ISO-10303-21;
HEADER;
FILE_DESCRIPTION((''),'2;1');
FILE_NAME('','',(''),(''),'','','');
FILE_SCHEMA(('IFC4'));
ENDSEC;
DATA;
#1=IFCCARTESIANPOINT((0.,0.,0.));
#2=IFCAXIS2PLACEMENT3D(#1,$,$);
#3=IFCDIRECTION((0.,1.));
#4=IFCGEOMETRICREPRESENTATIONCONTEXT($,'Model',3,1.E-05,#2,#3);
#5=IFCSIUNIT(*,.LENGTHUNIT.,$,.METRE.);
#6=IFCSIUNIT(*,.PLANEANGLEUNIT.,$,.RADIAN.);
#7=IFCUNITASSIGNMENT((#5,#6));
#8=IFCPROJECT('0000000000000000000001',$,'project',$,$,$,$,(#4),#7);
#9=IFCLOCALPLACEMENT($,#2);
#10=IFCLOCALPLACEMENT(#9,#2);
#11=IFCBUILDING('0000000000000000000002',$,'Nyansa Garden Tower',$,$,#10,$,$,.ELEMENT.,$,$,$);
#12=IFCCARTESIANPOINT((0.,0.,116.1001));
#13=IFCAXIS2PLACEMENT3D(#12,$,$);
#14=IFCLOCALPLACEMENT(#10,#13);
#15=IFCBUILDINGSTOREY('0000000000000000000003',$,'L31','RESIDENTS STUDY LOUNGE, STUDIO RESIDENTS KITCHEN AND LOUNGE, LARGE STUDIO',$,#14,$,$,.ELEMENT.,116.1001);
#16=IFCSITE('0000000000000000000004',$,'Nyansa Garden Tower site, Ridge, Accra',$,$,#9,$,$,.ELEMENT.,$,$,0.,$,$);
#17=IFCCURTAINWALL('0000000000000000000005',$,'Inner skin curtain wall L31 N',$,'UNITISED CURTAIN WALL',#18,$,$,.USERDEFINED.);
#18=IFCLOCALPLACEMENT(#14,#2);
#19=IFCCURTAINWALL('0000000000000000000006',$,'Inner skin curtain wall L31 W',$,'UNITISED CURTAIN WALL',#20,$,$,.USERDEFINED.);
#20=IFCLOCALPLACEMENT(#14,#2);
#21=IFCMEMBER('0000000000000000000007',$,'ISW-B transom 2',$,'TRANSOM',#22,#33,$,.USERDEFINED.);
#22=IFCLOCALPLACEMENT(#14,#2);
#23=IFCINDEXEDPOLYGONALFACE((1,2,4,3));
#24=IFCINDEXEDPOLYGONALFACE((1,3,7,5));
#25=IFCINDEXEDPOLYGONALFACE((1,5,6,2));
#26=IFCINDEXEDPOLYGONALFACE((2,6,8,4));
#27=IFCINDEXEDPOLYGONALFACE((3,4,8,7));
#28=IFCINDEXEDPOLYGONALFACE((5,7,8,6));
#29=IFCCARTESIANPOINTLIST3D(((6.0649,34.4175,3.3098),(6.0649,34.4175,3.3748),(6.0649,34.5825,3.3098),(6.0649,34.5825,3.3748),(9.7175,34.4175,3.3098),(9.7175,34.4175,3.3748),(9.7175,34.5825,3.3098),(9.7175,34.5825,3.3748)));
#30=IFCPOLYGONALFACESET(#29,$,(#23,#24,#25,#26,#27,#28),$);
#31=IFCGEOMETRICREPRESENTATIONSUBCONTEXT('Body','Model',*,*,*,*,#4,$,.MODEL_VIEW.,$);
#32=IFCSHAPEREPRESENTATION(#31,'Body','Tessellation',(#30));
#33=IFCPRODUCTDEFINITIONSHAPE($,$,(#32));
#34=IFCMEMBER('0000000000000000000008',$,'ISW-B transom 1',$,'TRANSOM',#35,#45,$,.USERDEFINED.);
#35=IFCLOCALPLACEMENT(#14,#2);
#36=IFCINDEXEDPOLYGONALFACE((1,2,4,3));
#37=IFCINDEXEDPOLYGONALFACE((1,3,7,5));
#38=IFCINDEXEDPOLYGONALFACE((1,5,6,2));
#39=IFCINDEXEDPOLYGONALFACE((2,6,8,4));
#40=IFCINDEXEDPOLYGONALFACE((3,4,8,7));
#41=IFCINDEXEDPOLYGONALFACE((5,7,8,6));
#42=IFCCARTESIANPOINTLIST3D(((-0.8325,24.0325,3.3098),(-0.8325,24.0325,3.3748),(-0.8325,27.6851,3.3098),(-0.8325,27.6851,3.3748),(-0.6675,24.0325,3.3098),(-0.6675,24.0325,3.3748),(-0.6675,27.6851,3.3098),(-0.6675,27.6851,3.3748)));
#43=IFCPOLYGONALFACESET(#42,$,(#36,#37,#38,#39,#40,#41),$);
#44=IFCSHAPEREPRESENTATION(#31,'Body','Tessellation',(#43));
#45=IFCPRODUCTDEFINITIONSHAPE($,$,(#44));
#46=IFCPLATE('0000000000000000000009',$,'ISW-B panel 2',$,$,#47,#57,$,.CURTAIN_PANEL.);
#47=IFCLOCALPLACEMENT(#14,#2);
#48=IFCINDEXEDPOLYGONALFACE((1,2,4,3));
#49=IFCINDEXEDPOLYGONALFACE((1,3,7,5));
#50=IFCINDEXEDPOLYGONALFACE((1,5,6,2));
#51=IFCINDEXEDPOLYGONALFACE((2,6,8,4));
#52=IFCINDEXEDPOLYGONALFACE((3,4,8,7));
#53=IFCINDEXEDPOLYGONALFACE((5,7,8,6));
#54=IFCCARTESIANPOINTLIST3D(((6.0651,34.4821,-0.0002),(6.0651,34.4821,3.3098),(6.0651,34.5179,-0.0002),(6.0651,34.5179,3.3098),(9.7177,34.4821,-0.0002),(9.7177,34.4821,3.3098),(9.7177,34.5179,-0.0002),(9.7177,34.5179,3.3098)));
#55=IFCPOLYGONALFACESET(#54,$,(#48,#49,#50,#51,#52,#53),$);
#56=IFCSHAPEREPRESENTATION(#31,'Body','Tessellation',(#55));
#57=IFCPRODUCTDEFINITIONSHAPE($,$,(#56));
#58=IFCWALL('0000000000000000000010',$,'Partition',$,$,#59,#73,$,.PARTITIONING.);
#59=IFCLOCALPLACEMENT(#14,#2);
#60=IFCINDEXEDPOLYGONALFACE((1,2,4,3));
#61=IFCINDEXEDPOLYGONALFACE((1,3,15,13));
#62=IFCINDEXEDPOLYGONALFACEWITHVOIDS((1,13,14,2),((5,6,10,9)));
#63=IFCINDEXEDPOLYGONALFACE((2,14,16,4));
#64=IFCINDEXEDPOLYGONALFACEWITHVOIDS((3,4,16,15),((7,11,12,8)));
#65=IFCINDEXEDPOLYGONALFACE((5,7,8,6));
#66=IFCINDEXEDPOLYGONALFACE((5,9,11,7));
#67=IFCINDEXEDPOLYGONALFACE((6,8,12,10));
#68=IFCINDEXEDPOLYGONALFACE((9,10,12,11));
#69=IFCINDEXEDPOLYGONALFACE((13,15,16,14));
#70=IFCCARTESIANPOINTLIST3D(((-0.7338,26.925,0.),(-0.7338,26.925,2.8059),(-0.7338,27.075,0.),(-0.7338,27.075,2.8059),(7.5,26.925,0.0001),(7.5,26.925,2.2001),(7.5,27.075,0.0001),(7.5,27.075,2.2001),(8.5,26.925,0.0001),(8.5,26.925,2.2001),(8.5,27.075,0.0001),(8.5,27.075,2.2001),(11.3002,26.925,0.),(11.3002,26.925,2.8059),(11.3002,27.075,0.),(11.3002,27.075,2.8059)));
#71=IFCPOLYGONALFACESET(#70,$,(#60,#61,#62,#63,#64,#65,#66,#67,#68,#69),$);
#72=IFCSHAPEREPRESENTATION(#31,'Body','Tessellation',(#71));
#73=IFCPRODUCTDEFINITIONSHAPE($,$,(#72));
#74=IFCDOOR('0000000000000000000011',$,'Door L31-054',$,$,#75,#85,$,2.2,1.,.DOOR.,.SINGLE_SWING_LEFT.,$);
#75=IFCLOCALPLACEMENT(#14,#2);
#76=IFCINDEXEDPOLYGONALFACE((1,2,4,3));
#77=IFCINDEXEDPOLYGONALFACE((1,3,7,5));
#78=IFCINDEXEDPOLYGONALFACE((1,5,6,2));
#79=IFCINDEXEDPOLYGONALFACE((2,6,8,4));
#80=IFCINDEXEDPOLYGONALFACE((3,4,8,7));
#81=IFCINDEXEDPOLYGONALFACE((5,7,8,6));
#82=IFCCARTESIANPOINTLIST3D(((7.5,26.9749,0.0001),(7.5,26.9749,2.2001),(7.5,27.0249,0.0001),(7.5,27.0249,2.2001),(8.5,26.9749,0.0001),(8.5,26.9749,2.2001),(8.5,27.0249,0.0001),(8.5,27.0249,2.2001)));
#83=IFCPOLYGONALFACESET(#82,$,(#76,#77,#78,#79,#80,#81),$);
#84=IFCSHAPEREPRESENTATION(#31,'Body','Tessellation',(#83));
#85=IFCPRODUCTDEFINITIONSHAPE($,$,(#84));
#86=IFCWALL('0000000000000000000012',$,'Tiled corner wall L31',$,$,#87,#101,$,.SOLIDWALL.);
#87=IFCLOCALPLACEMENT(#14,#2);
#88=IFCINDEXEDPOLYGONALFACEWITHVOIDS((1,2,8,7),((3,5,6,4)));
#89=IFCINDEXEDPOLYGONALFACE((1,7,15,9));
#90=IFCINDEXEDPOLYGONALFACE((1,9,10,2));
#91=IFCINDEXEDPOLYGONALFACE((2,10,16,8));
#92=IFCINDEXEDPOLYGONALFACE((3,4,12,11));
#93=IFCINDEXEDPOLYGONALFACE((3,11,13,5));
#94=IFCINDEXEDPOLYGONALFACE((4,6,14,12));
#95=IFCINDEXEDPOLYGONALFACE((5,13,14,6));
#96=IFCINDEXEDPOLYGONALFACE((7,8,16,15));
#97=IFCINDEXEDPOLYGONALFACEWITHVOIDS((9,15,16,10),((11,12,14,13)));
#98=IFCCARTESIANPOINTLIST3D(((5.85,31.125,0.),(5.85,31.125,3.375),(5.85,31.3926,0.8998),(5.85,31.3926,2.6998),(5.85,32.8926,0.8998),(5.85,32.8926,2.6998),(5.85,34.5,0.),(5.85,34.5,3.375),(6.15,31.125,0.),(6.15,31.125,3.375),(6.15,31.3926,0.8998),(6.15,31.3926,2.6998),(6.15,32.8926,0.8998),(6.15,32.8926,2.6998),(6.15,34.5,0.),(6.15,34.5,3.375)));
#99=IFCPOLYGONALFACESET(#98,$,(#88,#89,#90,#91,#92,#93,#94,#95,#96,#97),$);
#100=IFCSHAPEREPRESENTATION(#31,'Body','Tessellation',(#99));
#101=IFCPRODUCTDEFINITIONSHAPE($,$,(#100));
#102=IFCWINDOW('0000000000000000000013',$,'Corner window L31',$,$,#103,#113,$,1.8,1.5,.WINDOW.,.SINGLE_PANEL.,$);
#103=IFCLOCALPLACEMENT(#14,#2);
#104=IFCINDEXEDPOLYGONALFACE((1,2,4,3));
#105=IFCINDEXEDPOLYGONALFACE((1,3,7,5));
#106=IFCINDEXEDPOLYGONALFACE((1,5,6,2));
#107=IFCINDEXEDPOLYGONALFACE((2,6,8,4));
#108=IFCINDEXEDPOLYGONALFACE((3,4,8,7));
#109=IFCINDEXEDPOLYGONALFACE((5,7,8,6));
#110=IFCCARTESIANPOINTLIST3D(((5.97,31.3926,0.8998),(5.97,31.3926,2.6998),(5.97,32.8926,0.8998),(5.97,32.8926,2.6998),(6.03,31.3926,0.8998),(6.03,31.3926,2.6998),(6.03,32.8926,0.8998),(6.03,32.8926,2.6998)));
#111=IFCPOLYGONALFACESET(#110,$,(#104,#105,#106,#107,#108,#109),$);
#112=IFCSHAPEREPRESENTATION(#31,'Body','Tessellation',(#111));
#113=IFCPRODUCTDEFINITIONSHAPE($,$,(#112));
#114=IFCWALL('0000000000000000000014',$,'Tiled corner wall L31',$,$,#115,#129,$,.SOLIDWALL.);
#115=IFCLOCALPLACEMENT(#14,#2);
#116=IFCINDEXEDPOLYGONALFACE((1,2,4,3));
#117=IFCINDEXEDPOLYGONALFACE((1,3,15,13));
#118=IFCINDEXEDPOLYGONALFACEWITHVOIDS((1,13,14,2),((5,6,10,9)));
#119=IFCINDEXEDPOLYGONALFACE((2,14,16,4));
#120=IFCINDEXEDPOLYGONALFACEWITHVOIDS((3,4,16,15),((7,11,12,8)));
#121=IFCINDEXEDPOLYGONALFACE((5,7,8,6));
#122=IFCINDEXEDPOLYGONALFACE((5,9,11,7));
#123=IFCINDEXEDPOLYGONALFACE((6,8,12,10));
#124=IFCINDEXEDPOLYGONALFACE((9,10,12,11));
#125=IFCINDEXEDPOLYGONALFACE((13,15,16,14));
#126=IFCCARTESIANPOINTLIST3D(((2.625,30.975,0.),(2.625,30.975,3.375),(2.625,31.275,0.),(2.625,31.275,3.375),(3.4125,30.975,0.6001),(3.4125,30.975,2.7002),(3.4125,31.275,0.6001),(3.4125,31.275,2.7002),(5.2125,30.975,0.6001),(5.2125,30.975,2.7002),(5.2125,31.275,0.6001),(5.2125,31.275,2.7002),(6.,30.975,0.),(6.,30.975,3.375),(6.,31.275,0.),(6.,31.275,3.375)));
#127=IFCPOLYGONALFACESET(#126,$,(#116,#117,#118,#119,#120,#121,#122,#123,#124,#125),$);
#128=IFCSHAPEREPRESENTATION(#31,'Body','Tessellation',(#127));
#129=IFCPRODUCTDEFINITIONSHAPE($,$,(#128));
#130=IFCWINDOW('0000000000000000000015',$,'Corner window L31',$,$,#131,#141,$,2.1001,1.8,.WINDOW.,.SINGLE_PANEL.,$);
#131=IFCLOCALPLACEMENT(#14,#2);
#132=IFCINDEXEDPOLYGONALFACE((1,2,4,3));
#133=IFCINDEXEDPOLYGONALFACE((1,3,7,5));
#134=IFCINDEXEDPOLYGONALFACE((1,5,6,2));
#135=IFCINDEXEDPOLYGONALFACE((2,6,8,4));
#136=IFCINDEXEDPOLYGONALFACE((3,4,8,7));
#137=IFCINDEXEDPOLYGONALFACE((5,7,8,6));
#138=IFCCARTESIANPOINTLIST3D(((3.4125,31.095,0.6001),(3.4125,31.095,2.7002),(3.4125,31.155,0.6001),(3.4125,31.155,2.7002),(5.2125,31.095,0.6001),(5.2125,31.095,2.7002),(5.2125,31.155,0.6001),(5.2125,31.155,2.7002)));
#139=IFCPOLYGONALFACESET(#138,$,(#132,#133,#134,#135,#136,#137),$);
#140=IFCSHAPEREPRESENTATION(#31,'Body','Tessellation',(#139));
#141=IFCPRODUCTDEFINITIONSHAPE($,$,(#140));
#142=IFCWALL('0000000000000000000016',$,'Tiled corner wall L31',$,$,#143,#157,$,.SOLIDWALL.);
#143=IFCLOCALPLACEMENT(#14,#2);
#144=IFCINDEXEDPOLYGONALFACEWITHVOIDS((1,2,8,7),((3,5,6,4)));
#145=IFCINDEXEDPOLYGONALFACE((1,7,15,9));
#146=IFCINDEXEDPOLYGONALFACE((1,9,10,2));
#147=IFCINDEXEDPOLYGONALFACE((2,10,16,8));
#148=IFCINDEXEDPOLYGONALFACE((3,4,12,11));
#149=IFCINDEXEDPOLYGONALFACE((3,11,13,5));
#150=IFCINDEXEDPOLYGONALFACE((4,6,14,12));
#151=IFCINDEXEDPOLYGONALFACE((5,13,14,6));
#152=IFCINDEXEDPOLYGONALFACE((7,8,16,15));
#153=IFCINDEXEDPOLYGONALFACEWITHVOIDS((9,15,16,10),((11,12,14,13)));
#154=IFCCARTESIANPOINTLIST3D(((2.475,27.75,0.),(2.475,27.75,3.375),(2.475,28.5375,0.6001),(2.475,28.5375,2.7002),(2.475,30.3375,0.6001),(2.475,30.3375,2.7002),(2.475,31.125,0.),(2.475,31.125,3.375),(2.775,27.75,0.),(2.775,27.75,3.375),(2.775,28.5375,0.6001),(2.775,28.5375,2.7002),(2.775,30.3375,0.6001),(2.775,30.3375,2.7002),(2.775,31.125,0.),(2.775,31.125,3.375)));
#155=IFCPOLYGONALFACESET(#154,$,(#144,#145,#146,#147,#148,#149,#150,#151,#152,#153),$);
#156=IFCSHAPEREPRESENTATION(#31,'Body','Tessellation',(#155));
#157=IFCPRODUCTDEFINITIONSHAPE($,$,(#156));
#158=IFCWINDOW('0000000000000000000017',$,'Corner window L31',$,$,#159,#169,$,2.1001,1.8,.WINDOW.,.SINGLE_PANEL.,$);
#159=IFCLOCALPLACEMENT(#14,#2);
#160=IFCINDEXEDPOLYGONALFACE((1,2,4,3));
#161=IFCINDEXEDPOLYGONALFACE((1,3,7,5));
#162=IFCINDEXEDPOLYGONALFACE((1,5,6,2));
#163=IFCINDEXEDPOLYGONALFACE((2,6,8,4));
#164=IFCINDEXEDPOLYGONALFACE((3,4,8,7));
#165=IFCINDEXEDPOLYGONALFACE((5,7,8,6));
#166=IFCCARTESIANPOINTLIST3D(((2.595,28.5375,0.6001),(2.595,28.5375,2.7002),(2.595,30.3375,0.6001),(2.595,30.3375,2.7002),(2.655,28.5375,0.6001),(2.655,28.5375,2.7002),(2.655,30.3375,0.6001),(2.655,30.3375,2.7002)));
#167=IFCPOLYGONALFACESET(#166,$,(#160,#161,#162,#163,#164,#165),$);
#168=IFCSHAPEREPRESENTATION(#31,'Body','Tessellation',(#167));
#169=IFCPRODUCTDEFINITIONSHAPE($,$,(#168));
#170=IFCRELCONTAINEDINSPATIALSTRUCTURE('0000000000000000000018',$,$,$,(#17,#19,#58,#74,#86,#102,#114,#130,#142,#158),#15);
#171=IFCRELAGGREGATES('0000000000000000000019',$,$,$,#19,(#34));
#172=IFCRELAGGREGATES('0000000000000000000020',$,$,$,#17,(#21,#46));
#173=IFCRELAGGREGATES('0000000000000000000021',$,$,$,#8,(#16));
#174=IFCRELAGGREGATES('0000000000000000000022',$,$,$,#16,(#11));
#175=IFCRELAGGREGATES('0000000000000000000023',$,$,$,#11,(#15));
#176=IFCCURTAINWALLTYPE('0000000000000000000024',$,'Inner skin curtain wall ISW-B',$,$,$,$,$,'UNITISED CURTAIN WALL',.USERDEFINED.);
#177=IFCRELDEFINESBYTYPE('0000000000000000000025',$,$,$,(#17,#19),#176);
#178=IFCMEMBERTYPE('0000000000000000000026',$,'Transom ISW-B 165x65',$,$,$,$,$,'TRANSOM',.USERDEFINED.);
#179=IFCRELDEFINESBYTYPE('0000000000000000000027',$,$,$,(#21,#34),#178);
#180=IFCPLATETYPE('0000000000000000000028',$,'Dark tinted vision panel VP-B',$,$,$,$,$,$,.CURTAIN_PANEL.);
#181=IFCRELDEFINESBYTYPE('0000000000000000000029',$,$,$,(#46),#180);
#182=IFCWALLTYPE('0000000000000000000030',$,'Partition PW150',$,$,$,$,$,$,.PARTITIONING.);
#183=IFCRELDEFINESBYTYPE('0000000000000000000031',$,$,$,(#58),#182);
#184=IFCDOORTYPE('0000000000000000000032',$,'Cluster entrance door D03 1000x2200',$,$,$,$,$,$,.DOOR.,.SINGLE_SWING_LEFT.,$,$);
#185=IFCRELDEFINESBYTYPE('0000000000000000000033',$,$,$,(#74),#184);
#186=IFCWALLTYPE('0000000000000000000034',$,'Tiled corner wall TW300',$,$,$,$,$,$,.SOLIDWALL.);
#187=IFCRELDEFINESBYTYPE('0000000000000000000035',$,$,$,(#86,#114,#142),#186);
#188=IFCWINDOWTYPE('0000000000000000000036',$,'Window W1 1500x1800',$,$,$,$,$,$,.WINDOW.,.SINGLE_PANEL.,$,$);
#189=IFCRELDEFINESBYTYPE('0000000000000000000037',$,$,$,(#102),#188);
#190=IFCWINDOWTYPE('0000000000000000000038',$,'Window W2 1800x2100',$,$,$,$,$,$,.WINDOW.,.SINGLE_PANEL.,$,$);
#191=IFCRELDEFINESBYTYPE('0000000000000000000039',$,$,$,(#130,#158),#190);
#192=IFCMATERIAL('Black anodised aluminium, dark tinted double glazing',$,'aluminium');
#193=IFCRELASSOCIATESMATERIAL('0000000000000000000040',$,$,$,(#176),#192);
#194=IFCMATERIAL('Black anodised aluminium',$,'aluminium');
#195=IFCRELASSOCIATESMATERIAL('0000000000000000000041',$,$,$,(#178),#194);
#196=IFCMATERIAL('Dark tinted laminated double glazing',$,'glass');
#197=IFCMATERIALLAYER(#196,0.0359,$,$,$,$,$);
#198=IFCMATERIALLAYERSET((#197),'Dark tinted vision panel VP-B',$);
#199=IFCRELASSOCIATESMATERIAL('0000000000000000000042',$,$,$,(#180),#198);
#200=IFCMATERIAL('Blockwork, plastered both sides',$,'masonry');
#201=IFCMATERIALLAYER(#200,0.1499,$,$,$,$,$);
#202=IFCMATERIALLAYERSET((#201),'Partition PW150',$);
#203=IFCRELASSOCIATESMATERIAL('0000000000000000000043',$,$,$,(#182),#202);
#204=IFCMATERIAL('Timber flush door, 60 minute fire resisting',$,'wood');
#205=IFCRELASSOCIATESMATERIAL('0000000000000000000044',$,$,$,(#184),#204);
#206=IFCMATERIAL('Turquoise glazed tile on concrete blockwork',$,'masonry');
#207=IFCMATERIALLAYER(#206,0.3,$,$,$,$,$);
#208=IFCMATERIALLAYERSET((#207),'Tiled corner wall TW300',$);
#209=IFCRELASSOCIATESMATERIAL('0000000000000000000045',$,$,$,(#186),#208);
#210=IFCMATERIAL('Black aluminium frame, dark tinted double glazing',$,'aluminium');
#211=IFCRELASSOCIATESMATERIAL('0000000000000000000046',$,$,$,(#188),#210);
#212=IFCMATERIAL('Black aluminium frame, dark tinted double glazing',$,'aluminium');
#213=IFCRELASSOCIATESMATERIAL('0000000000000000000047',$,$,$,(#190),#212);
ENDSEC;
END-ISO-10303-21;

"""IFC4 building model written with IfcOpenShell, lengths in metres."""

from ifc_helpers import new_model, si_unit, direction, frame, frame_2d, origin, origin_2d, place, context, subcontext, project, spatial, rectangle, extrude, material, layer, layer_set, material_profile, profile_set, type_object, element, fill, aggregate, save


model = new_model("IFC4")

# Units and contexts
model_context = context("Model", 3, precision=1e-05, world=origin(), true_north=direction((0.0, 1.0)))
body_context = subcontext(model_context, "Body", "Model", "MODEL_VIEW")
ifc_project = project(units=[si_unit("LENGTHUNIT", "METRE"), si_unit("PLANEANGLEUNIT", "RADIAN")], contexts=[model_context])

# Site, building, storey
site_placement = place(None, origin())
site = spatial("IfcSite", under=ifc_project, at=site_placement, Name="Nyansa Garden Tower site, Ridge, Accra", CompositionType="ELEMENT", RefElevation=0.0)
building_placement = place(site_placement, origin())
building = spatial("IfcBuilding", under=site, at=building_placement, Name="Nyansa Garden Tower", CompositionType="ELEMENT")
storey_placement = place(building_placement, frame((0.0, 0.0, 116.1001)))
storey = spatial("IfcBuildingStorey", under=building, at=storey_placement, Name="L31", Description="RESIDENTS STUDY LOUNGE, STUDIO RESIDENTS KITCHEN AND LOUNGE, LARGE STUDIO", CompositionType="ELEMENT", Elevation=116.1001)

# Curtain wall
ifc_material_1 = material(Name="Black anodised aluminium, dark tinted double glazing", Category="aluminium")
curtain_wall_type = type_object("IfcCurtainWallType", Name="Inner skin curtain wall ISW-B", ElementType="UNITISED CURTAIN WALL", PredefinedType="USERDEFINED", material=ifc_material_1)
curtain_wall_1_placement = place(storey_placement, origin())
curtain_wall_1 = element("IfcCurtainWall", 1, at=curtain_wall_1_placement, inside=storey, type_object=curtain_wall_type, Name="Inner skin curtain wall L31 N", ObjectType="UNITISED CURTAIN WALL", PredefinedType="USERDEFINED")

# Curtain wall
curtain_wall_2_placement = place(storey_placement, origin())
curtain_wall_2 = element("IfcCurtainWall", 2, at=curtain_wall_2_placement, inside=storey, type_object=curtain_wall_type, Name="Inner skin curtain wall L31 W", ObjectType="UNITISED CURTAIN WALL", PredefinedType="USERDEFINED")

# Members
ifc_material_2 = material(Name="Black anodised aluminium", Category="aluminium")
ifc_material_profile_1 = material_profile(ifc_material_2, rectangle(XDim=0.165, YDim=0.0649, at=origin_2d()), Name="Transom 165x65")
ifc_profile_set_1 = profile_set([ifc_material_profile_1], Name="Black anodised aluminium")
member_type_1 = type_object("IfcMemberType", Name="Transom ISW-B 165x65", ElementType="TRANSOM", PredefinedType="USERDEFINED", material=ifc_profile_set_1)
member_1_placement = place(storey_placement, frame((9.7175, 34.5, 3.3423), z_axis=(-1.0, 0.0, 0.0), x_axis=(0.0, -1.0, 0.0)))
member_1 = element("IfcMember", 3, at=member_1_placement, type_object=member_type_1, Name="ISW-B transom 2", ObjectType="TRANSOM", PredefinedType="USERDEFINED", context=body_context, shape_type="SweptSolid", body=[
    extrude(rectangle(XDim=0.165, YDim=0.0649, at=origin_2d()), origin(), (0.0, 0.0, 1.0), 3.6526),
])
member_2_placement = place(storey_placement, frame((-0.75, 27.6851, 3.3423), z_axis=(0.0, -1.0, 0.0), x_axis=(1.0, 0.0, 0.0)))
member_2 = element("IfcMember", 4, at=member_2_placement, type_object=member_type_1, Name="ISW-B transom 1", ObjectType="TRANSOM", PredefinedType="USERDEFINED", context=body_context, shape_type="SweptSolid", body=[
    extrude(rectangle(XDim=0.165, YDim=0.0649, at=origin_2d()), origin(), (0.0, 0.0, 1.0), 3.6526),
])
aggregate(curtain_wall_2, [member_2])

# Plate
ifc_material_3 = material(Name="Dark tinted laminated double glazing", Category="glass")
ifc_layer_1 = layer(ifc_material_3, 0.0359)
ifc_layer_set_1 = layer_set([ifc_layer_1], Name="Dark tinted vision panel VP-B")
plate_type = type_object("IfcPlateType", Name="Dark tinted vision panel VP-B", PredefinedType="CURTAIN_PANEL", material=ifc_layer_set_1)
plate_placement = place(storey_placement, frame((7.8914, 34.5, -0.0002), z_axis=(0.0, 0.0, 1.0), x_axis=(-1.0, 0.0, 0.0)))
plate = element("IfcPlate", 5, at=plate_placement, type_object=plate_type, Name="ISW-B panel 2", PredefinedType="CURTAIN_PANEL", context=body_context, shape_type="SweptSolid", body=[
    extrude(rectangle(XDim=3.6526, YDim=0.0359, at=origin_2d()), origin(), (0.0, 0.0, 1.0), 3.3101),
])
aggregate(curtain_wall_1, [member_1, plate])

# Wall, opening, door
ifc_material_4 = material(Name="Blockwork, plastered both sides", Category="masonry")
ifc_layer_2 = layer(ifc_material_4, 0.1499)
ifc_layer_set_2 = layer_set([ifc_layer_2], Name="Partition PW150")
wall_type_1 = type_object("IfcWallType", Name="Partition PW150", PredefinedType="PARTITIONING", material=ifc_layer_set_2)
wall_1_placement = place(storey_placement, frame((-0.7339, 27.0, 0.0), z_axis=(0.0, 0.0, 1.0), x_axis=(1.0, 0.0, 0.0)))
wall_1 = element("IfcWall", 6, at=wall_1_placement, inside=storey, type_object=wall_type_1, Name="Partition", PredefinedType="PARTITIONING", context=body_context, shape_type="SweptSolid", body=[
    extrude(rectangle(XDim=12.0339, YDim=0.1499, at=frame_2d((6.0171, 0.0))), origin(), (0.0, 0.0, 1.0), 2.8059),
])
opening_1_placement = place(wall_1_placement, frame((8.2339, 0.0, 0.0)))
opening_1 = element("IfcOpeningElement", 7, at=opening_1_placement, cuts=wall_1, PredefinedType="OPENING", context=body_context, shape_type="SweptSolid", body=[
    extrude(rectangle(XDim=1.0, YDim=2.2, at=frame_2d((0.5, 1.1001))), frame((0.0, 0.085, 0.0), z_axis=(0.0, -1.0, 0.0), x_axis=(1.0, 0.0, 0.0)), (0.0, 0.0, 1.0), 0.1699),
])
ifc_material_5 = material(Name="Timber flush door, 60 minute fire resisting", Category="wood")
door_type = type_object("IfcDoorType", Name="Cluster entrance door D03 1000x2200", OperationType="SINGLE_SWING_LEFT", PredefinedType="DOOR", material=ifc_material_5)
door_placement = place(opening_1_placement, origin())
door = element("IfcDoor", 8, at=door_placement, inside=storey, type_object=door_type, Name="Door L31-054", OperationType="SINGLE_SWING_LEFT", OverallHeight=2.2, OverallWidth=1.0, PredefinedType="DOOR", context=body_context, shape_type="SweptSolid", body=[
    extrude(rectangle(XDim=1.0, YDim=2.2, at=frame_2d((0.5, 1.1001))), frame((0.0, 0.0249, 0.0), z_axis=(0.0, -1.0, 0.0), x_axis=(1.0, 0.0, 0.0)), (0.0, 0.0, 1.0), 0.05),
])
fill(opening_1, door)

# Walls, openings, windows
ifc_material_6 = material(Name="Turquoise glazed tile on concrete blockwork", Category="masonry")
ifc_layer_3 = layer(ifc_material_6, 0.3)
ifc_layer_set_3 = layer_set([ifc_layer_3], Name="Tiled corner wall TW300")
wall_type_2 = type_object("IfcWallType", Name="Tiled corner wall TW300", PredefinedType="SOLIDWALL", material=ifc_layer_set_3)
wall_2_placement = place(storey_placement, frame((6.0, 34.5, 0.0), z_axis=(0.0, 0.0, 1.0), x_axis=(0.0, -1.0, 0.0)))
wall_2 = element("IfcWall", 9, at=wall_2_placement, inside=storey, type_object=wall_type_2, Name="Tiled corner wall L31", PredefinedType="SOLIDWALL", context=body_context, shape_type="SweptSolid", body=[
    extrude(rectangle(XDim=3.375, YDim=0.3, at=frame_2d((1.6875, 0.0))), origin(), (0.0, 0.0, 1.0), 3.375),
])
opening_2_placement = place(wall_2_placement, frame((1.6074, 0.0, 0.8999)))
opening_2 = element("IfcOpeningElement", 10, at=opening_2_placement, cuts=wall_2, PredefinedType="OPENING", context=body_context, shape_type="SweptSolid", body=[
    extrude(rectangle(XDim=1.5, YDim=1.8, at=frame_2d((0.75, 0.8999))), frame((0.0, 0.1599, 0.0), z_axis=(0.0, -1.0, 0.0), x_axis=(1.0, 0.0, 0.0)), (0.0, 0.0, 1.0), 0.3201),
])
ifc_material_7 = material(Name="Black aluminium frame, dark tinted double glazing", Category="aluminium")
window_type_1 = type_object("IfcWindowType", Name="Window W1 1500x1800", PartitioningType="SINGLE_PANEL", PredefinedType="WINDOW", material=ifc_material_7)
window_1_placement = place(opening_2_placement, origin())
window_1 = element("IfcWindow", 11, at=window_1_placement, inside=storey, type_object=window_type_1, Name="Corner window L31", OverallHeight=1.8, OverallWidth=1.5, PartitioningType="SINGLE_PANEL", PredefinedType="WINDOW", context=body_context, shape_type="SweptSolid", body=[
    extrude(rectangle(XDim=1.5, YDim=1.8, at=frame_2d((0.75, 0.8999))), frame((0.0, 0.03, 0.0), z_axis=(0.0, -1.0, 0.0), x_axis=(1.0, 0.0, 0.0)), (0.0, 0.0, 1.0), 0.0601),
])
fill(opening_2, window_1)
wall_3_placement = place(storey_placement, frame((6.0, 31.125, 0.0), z_axis=(0.0, 0.0, 1.0), x_axis=(-1.0, 0.0, 0.0)))
wall_3 = element("IfcWall", 12, at=wall_3_placement, inside=storey, type_object=wall_type_2, Name="Tiled corner wall L31", PredefinedType="SOLIDWALL", context=body_context, shape_type="SweptSolid", body=[
    extrude(rectangle(XDim=3.375, YDim=0.3, at=frame_2d((1.6875, 0.0))), origin(), (0.0, 0.0, 1.0), 3.375),
])
opening_3_placement = place(wall_3_placement, frame((0.7876, 0.0, 0.6001)))
opening_3 = element("IfcOpeningElement", 13, at=opening_3_placement, cuts=wall_3, PredefinedType="OPENING", context=body_context, shape_type="SweptSolid", body=[
    extrude(rectangle(XDim=1.8, YDim=2.1001, at=frame_2d((0.8999, 1.05))), frame((0.0, 0.1599, 0.0), z_axis=(0.0, -1.0, 0.0), x_axis=(1.0, 0.0, 0.0)), (0.0, 0.0, 1.0), 0.3201),
])
ifc_material_8 = material(Name="Black aluminium frame, dark tinted double glazing", Category="aluminium")
window_type_2 = type_object("IfcWindowType", Name="Window W2 1800x2100", PartitioningType="SINGLE_PANEL", PredefinedType="WINDOW", material=ifc_material_8)
window_2_placement = place(opening_3_placement, origin())
window_2 = element("IfcWindow", 14, at=window_2_placement, inside=storey, type_object=window_type_2, Name="Corner window L31", OverallHeight=2.1001, OverallWidth=1.8, PartitioningType="SINGLE_PANEL", PredefinedType="WINDOW", context=body_context, shape_type="SweptSolid", body=[
    extrude(rectangle(XDim=1.8, YDim=2.1001, at=frame_2d((0.8999, 1.05))), frame((0.0, 0.03, 0.0), z_axis=(0.0, -1.0, 0.0), x_axis=(1.0, 0.0, 0.0)), (0.0, 0.0, 1.0), 0.0601),
])
fill(opening_3, window_2)
wall_4_placement = place(storey_placement, frame((2.625, 31.125, 0.0), z_axis=(0.0, 0.0, 1.0), x_axis=(0.0, -1.0, 0.0)))
wall_4 = element("IfcWall", 15, at=wall_4_placement, inside=storey, type_object=wall_type_2, Name="Tiled corner wall L31", PredefinedType="SOLIDWALL", context=body_context, shape_type="SweptSolid", body=[
    extrude(rectangle(XDim=3.375, YDim=0.3, at=frame_2d((1.6875, 0.0))), origin(), (0.0, 0.0, 1.0), 3.375),
])
opening_4_placement = place(wall_4_placement, frame((0.7876, 0.0, 0.6001)))
opening_4 = element("IfcOpeningElement", 16, at=opening_4_placement, cuts=wall_4, PredefinedType="OPENING", context=body_context, shape_type="SweptSolid", body=[
    extrude(rectangle(XDim=1.8, YDim=2.1001, at=frame_2d((0.8999, 1.05))), frame((0.0, 0.1599, 0.0), z_axis=(0.0, -1.0, 0.0), x_axis=(1.0, 0.0, 0.0)), (0.0, 0.0, 1.0), 0.3201),
])
window_3_placement = place(opening_4_placement, origin())
window_3 = element("IfcWindow", 17, at=window_3_placement, inside=storey, type_object=window_type_2, Name="Corner window L31", OverallHeight=2.1001, OverallWidth=1.8, PartitioningType="SINGLE_PANEL", PredefinedType="WINDOW", context=body_context, shape_type="SweptSolid", body=[
    extrude(rectangle(XDim=1.8, YDim=2.1001, at=frame_2d((0.8999, 1.05))), frame((0.0, 0.03, 0.0), z_axis=(0.0, -1.0, 0.0), x_axis=(1.0, 0.0, 0.0)), (0.0, 0.0, 1.0), 0.0601),
])
fill(opening_4, window_3)

save(model, "model.ifc")
